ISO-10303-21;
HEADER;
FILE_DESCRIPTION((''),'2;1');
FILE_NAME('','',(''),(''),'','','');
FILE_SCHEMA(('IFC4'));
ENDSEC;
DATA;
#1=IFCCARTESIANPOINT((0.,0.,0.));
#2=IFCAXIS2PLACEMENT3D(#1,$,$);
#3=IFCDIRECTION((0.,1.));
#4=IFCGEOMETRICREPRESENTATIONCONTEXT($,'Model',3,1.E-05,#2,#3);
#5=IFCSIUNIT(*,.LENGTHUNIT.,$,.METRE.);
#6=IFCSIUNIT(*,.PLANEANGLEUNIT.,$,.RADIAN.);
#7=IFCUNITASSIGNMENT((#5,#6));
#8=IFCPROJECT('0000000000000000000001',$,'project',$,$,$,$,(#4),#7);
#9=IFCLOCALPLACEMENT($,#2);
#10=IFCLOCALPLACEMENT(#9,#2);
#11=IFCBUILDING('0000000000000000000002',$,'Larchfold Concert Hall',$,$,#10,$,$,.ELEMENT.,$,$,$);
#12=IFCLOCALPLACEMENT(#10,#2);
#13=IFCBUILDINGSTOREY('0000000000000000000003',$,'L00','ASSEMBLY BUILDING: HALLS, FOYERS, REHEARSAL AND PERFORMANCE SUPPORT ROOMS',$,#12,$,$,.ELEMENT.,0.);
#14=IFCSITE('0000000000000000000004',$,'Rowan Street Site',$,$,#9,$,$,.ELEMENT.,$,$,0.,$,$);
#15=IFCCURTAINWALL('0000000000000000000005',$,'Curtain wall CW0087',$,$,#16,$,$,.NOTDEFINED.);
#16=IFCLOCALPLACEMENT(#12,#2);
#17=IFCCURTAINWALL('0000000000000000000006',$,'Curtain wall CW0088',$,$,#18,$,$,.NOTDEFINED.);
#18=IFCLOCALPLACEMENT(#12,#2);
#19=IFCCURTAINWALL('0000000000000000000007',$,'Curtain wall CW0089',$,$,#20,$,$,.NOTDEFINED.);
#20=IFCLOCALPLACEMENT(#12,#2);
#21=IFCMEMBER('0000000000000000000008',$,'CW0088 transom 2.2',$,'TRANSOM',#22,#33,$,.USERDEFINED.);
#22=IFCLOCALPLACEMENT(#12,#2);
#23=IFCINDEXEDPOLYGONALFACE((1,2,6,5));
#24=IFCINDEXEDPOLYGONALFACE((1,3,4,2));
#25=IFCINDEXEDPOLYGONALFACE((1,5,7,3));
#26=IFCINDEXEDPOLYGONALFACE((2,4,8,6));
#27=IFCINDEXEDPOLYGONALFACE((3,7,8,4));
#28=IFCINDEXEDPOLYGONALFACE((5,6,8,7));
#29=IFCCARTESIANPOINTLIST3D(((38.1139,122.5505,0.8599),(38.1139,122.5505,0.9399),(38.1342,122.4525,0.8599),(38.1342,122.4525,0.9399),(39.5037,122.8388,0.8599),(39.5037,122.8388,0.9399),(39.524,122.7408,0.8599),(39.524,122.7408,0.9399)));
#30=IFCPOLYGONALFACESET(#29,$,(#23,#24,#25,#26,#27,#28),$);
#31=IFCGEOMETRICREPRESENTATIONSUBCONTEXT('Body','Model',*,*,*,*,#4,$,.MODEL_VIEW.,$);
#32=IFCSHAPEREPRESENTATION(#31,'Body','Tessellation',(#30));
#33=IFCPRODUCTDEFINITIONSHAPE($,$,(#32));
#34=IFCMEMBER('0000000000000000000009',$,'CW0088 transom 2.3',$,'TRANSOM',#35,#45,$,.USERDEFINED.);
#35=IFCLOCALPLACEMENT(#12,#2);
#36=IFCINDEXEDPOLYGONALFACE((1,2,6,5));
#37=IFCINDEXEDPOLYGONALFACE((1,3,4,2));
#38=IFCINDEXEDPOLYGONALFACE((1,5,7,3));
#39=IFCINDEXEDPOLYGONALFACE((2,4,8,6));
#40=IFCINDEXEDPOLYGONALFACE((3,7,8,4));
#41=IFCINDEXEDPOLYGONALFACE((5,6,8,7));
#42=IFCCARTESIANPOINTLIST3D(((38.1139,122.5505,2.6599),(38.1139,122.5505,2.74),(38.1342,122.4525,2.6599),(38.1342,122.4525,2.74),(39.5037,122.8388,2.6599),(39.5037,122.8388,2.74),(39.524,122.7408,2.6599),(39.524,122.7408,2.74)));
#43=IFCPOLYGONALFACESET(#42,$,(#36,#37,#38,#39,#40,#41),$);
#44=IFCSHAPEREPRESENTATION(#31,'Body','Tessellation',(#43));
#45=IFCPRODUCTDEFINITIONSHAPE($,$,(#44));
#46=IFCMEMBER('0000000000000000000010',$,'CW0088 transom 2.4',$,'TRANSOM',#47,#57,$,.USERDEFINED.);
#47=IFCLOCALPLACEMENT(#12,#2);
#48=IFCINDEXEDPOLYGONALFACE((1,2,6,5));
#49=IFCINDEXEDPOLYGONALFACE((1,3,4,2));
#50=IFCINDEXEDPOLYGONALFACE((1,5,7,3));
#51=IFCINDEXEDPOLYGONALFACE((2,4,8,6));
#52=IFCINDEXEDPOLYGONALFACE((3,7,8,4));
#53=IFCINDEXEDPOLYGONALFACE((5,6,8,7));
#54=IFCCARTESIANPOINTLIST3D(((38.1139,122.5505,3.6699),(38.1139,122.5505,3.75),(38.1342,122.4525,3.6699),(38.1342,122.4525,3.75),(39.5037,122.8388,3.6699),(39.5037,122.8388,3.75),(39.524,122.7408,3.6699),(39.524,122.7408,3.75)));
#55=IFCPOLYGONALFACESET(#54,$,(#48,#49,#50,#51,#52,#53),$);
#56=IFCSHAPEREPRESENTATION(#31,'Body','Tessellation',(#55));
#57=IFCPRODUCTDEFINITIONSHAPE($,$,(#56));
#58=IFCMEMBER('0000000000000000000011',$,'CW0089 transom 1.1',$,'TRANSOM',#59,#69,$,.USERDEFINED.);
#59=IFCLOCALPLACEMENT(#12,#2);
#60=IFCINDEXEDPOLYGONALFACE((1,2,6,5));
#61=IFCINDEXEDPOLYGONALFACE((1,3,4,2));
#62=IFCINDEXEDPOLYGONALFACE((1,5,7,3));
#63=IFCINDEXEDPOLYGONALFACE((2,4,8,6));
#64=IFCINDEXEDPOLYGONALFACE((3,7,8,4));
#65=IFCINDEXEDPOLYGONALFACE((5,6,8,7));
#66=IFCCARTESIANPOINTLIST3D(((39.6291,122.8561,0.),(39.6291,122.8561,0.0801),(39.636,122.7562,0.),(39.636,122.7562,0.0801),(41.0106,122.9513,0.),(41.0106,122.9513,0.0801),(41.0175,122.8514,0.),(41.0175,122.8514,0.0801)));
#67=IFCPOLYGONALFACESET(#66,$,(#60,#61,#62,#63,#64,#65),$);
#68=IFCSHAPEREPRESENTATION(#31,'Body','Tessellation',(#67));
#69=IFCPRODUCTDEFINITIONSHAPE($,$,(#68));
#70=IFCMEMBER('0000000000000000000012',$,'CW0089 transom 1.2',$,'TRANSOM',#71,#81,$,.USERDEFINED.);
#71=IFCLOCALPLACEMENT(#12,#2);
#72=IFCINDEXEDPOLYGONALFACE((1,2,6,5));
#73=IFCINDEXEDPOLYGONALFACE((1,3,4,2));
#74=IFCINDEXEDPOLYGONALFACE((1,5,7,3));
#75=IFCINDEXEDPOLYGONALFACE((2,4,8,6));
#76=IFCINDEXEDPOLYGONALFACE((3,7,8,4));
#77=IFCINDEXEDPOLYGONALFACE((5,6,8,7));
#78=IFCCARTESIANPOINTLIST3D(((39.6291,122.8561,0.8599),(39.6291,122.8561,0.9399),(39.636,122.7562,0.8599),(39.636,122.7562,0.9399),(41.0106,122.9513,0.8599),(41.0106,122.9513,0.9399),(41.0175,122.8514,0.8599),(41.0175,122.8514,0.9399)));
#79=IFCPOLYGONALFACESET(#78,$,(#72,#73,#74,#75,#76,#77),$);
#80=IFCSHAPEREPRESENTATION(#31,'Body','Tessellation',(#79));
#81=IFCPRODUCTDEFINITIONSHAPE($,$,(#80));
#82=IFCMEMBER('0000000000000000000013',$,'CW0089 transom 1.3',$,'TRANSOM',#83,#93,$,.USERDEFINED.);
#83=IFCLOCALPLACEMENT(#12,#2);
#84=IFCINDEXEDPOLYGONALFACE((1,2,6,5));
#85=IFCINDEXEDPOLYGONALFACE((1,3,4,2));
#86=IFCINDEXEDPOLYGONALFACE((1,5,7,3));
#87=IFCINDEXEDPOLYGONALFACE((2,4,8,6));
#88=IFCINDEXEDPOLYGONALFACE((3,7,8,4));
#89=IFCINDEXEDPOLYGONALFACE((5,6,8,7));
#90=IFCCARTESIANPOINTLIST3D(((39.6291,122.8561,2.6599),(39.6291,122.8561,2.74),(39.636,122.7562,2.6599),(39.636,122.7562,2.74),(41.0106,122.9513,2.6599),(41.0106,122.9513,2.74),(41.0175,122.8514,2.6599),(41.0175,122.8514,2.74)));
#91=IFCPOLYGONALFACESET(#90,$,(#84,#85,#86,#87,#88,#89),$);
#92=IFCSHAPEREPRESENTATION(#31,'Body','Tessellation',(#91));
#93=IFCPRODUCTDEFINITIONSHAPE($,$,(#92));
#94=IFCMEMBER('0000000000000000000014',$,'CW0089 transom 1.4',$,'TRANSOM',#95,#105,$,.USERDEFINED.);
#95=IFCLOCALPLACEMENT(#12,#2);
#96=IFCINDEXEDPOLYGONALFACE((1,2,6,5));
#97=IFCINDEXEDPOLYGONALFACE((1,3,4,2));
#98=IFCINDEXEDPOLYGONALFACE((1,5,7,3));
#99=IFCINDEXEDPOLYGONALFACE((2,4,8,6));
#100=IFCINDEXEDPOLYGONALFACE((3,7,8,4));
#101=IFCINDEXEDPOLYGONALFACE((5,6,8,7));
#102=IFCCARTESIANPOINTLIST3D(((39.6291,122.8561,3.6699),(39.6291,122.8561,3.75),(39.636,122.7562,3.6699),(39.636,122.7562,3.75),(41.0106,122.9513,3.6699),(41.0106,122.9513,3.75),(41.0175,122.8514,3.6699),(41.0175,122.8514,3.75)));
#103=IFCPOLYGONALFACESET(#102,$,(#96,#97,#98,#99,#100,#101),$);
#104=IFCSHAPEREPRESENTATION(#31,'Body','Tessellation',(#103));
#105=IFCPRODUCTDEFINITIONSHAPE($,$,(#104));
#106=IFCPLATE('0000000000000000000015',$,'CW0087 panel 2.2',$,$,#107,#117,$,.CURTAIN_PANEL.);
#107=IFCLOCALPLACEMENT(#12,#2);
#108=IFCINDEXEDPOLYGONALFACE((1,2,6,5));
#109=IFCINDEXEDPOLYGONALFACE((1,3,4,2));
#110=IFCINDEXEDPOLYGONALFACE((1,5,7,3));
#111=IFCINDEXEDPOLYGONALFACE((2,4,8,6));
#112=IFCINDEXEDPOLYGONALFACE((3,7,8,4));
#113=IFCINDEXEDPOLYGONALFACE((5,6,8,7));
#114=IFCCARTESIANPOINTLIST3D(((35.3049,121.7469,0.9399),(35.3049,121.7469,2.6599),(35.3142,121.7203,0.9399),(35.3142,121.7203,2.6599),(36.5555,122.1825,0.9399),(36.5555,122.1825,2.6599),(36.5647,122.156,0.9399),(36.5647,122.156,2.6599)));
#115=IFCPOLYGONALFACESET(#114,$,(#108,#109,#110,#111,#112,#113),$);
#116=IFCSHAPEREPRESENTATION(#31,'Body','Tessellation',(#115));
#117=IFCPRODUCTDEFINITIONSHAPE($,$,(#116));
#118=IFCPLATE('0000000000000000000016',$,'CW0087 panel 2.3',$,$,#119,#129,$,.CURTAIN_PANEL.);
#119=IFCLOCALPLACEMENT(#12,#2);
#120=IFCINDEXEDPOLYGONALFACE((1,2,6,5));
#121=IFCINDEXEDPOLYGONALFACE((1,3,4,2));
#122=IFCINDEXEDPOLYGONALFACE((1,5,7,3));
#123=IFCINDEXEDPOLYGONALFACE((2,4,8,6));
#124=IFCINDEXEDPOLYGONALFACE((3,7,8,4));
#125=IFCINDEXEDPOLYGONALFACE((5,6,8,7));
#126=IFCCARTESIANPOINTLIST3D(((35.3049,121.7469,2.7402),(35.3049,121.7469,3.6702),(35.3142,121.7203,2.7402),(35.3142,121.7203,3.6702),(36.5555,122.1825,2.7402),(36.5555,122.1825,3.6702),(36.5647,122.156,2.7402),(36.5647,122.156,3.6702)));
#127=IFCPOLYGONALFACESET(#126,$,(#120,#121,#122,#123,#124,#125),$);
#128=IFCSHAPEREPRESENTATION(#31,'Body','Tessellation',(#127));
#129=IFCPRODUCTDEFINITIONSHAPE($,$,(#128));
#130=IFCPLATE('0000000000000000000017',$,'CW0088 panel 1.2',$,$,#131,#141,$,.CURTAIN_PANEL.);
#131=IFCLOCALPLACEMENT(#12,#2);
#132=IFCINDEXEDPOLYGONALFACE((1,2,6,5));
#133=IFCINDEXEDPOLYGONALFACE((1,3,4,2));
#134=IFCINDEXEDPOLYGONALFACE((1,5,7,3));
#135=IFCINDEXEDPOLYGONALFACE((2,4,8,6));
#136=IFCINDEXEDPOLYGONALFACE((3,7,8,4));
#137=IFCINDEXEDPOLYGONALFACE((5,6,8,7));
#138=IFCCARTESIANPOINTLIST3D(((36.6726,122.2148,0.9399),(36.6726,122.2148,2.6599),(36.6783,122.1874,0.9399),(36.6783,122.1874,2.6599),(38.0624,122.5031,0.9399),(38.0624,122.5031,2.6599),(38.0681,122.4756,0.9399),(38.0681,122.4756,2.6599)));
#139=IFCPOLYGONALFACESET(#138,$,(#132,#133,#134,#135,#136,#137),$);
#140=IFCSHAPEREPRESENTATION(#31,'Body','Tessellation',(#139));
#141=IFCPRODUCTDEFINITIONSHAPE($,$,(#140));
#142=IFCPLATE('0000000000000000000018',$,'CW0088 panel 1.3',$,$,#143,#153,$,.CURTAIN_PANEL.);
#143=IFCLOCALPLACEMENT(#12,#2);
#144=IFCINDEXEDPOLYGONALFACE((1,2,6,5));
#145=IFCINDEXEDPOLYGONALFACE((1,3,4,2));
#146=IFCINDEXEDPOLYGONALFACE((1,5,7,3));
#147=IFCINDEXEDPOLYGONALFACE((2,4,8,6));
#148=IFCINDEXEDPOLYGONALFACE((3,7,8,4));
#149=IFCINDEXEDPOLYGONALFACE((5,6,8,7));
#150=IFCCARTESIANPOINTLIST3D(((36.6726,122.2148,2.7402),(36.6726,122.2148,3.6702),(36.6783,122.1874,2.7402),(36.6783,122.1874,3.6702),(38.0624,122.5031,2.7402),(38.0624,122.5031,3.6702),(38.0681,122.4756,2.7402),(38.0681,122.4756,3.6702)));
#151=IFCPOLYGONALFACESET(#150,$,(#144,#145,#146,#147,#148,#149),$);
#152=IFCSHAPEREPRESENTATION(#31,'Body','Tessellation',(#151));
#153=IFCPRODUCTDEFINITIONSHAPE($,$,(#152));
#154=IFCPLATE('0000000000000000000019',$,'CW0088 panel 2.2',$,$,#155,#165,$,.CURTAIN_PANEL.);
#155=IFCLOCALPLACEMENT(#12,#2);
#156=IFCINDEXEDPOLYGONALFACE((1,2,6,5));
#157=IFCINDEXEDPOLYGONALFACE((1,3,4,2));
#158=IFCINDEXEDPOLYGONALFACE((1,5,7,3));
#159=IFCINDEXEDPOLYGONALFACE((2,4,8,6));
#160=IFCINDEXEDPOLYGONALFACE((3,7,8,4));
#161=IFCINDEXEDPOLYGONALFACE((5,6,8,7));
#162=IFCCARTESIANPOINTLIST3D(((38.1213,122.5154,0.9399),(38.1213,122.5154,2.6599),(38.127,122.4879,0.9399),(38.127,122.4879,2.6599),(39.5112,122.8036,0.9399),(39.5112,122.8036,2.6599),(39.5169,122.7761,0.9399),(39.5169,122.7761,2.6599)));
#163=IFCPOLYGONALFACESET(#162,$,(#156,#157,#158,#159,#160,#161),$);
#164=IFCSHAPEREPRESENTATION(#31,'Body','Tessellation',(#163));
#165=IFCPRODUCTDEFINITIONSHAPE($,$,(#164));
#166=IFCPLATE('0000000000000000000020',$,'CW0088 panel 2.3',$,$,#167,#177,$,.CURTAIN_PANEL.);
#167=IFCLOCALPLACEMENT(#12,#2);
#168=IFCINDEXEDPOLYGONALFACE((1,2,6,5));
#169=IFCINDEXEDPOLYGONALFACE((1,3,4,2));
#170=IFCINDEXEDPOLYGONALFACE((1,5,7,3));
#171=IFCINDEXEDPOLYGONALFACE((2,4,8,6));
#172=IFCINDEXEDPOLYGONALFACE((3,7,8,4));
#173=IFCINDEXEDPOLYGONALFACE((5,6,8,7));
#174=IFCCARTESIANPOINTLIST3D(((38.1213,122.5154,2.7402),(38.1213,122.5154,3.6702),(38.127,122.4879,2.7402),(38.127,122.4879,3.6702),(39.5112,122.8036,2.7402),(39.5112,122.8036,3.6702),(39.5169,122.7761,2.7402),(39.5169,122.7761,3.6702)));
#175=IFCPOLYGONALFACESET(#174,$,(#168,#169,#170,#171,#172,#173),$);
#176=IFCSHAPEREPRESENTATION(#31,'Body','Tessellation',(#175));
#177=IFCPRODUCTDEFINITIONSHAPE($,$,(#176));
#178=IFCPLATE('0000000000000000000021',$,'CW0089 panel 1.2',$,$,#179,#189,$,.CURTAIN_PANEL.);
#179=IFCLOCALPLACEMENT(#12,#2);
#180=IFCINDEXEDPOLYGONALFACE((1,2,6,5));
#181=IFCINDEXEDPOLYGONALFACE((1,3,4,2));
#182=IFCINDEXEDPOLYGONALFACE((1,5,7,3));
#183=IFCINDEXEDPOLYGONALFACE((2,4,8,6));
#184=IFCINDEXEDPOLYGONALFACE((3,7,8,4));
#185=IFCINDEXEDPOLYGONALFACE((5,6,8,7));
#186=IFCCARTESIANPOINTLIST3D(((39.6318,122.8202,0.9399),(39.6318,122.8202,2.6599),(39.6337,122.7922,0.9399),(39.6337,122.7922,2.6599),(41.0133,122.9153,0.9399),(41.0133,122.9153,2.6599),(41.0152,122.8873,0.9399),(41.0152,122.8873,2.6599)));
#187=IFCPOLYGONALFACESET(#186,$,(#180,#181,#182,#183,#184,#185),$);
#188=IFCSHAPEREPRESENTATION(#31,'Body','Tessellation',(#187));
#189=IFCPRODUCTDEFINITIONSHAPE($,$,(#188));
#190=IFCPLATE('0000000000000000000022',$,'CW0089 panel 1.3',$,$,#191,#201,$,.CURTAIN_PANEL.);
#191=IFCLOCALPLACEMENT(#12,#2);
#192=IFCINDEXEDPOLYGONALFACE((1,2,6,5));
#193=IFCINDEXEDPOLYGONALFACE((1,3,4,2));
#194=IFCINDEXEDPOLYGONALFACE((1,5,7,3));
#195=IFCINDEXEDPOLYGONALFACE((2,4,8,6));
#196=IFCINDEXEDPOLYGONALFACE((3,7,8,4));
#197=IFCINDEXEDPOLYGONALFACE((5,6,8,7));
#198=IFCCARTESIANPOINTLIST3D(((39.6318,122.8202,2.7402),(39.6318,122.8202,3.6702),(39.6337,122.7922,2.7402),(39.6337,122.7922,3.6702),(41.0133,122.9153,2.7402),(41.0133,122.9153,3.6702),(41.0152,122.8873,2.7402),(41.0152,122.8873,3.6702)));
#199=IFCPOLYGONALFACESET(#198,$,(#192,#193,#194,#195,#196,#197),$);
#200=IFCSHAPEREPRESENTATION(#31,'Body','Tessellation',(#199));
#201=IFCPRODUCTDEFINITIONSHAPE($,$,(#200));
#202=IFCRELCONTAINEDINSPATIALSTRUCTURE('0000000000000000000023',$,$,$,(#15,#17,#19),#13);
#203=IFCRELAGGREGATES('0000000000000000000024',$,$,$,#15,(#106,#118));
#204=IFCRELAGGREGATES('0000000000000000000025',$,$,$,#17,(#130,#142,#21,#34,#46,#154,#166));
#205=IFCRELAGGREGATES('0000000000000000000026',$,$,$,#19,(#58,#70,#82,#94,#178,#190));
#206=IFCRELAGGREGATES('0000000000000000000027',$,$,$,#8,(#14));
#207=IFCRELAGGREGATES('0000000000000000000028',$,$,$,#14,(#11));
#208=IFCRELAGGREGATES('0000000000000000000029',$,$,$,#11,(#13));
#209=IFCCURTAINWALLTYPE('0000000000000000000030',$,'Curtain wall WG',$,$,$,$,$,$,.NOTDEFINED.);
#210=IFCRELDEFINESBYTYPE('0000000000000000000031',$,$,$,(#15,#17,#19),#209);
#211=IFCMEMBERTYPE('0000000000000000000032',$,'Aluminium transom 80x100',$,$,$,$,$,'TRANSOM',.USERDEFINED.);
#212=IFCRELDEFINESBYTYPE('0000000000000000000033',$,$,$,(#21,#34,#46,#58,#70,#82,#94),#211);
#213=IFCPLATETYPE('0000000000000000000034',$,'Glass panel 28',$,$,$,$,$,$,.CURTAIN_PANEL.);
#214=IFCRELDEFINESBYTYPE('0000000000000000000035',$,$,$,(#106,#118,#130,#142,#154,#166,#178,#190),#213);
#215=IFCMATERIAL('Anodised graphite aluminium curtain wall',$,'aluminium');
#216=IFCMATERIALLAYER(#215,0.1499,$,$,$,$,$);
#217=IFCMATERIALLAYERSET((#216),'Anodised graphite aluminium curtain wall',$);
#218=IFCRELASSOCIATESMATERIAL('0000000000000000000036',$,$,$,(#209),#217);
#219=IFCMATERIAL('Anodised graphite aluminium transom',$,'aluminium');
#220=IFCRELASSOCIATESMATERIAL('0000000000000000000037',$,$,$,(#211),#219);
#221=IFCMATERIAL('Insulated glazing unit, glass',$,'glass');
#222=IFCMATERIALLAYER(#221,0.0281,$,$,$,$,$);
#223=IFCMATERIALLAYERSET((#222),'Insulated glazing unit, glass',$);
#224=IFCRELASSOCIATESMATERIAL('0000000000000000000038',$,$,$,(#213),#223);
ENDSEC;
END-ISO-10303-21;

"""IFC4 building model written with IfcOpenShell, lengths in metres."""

from ifc_helpers import new_model, si_unit, direction, frame, origin, origin_2d, place, context, subcontext, project, spatial, rectangle, extrude, material, layer, layer_set, material_profile, profile_set, type_object, element, aggregate, save


model = new_model("IFC4")

# Units and contexts
model_context = context("Model", 3, precision=1e-05, world=origin(), true_north=direction((0.0, 1.0)))
body_context = subcontext(model_context, "Body", "Model", "MODEL_VIEW")
ifc_project = project(units=[si_unit("LENGTHUNIT", "METRE"), si_unit("PLANEANGLEUNIT", "RADIAN")], contexts=[model_context])

# Site, building, storey
site_placement = place(None, origin())
site = spatial("IfcSite", under=ifc_project, at=site_placement, Name="Rowan Street Site", CompositionType="ELEMENT", RefElevation=0.0)
building_placement = place(site_placement, origin())
building = spatial("IfcBuilding", under=site, at=building_placement, Name="Larchfold Concert Hall", CompositionType="ELEMENT")
storey_placement = place(building_placement, origin())
storey = spatial("IfcBuildingStorey", under=building, at=storey_placement, Name="L00", Description="ASSEMBLY BUILDING: HALLS, FOYERS, REHEARSAL AND PERFORMANCE SUPPORT ROOMS", CompositionType="ELEMENT", Elevation=0.0)

# Curtain wall
ifc_material_1 = material(Name="Anodised graphite aluminium curtain wall", Category="aluminium")
ifc_layer_1 = layer(ifc_material_1, 0.1499)
ifc_layer_set_1 = layer_set([ifc_layer_1], Name="Anodised graphite aluminium curtain wall")
curtain_wall_type = type_object("IfcCurtainWallType", Name="Curtain wall WG", PredefinedType="NOTDEFINED", material=ifc_layer_set_1)
curtain_wall_1_placement = place(storey_placement, origin())
curtain_wall_1 = element("IfcCurtainWall", 1, at=curtain_wall_1_placement, inside=storey, type_object=curtain_wall_type, Name="Curtain wall CW0087", PredefinedType="NOTDEFINED")

# Curtain wall
curtain_wall_2_placement = place(storey_placement, origin())
curtain_wall_2 = element("IfcCurtainWall", 2, at=curtain_wall_2_placement, inside=storey, type_object=curtain_wall_type, Name="Curtain wall CW0088", PredefinedType="NOTDEFINED")

# Curtain wall
curtain_wall_3_placement = place(storey_placement, origin())
curtain_wall_3 = element("IfcCurtainWall", 3, at=curtain_wall_3_placement, inside=storey, type_object=curtain_wall_type, Name="Curtain wall CW0089", PredefinedType="NOTDEFINED")

# Members
ifc_material_2 = material(Name="Anodised graphite aluminium transom", Category="aluminium")
ifc_material_profile_1 = material_profile(ifc_material_2, rectangle(XDim=0.1001, YDim=0.0801, at=origin_2d()))
ifc_profile_set_1 = profile_set([ifc_material_profile_1], Name="Anodised graphite aluminium transom")
member_type_1 = type_object("IfcMemberType", Name="Aluminium transom 80x100", ElementType="TRANSOM", PredefinedType="USERDEFINED", material=ifc_profile_set_1)
member_1_placement = place(storey_placement, frame((38.124, 122.5015, 0.8999), z_axis=(0.979153, 0.203123, 0.0), x_axis=(-0.203123, 0.979153, 0.0)))
member_1 = element("IfcMember", 4, at=member_1_placement, type_object=member_type_1, Name="CW0088 transom 2.2", ObjectType="TRANSOM", PredefinedType="USERDEFINED", context=body_context, shape_type="SweptSolid", body=[
    extrude(rectangle(XDim=0.1001, YDim=0.0801, at=origin_2d()), origin(), (0.0, 0.0, 1.0), 1.4194),
])
member_2_placement = place(storey_placement, frame((38.124, 122.5015, 2.7), z_axis=(0.979153, 0.203123, 0.0), x_axis=(-0.203123, 0.979153, 0.0)))
member_2 = element("IfcMember", 5, at=member_2_placement, type_object=member_type_1, Name="CW0088 transom 2.3", ObjectType="TRANSOM", PredefinedType="USERDEFINED", context=body_context, shape_type="SweptSolid", body=[
    extrude(rectangle(XDim=0.1001, YDim=0.0801, at=origin_2d()), origin(), (0.0, 0.0, 1.0), 1.4194),
])
member_3_placement = place(storey_placement, frame((38.124, 122.5015, 3.71), z_axis=(0.979153, 0.203123, 0.0), x_axis=(-0.203123, 0.979153, 0.0)))
member_3 = element("IfcMember", 6, at=member_3_placement, type_object=member_type_1, Name="CW0088 transom 2.4", ObjectType="TRANSOM", PredefinedType="USERDEFINED", context=body_context, shape_type="SweptSolid", body=[
    extrude(rectangle(XDim=0.1001, YDim=0.0801, at=origin_2d()), origin(), (0.0, 0.0, 1.0), 1.4194),
])
member_4_placement = place(storey_placement, frame((39.6326, 122.8062, 0.04), z_axis=(0.997634, 0.068754, 0.0), x_axis=(-0.068754, 0.997634, 0.0)))
member_4 = element("IfcMember", 7, at=member_4_placement, type_object=member_type_1, Name="CW0089 transom 1.1", ObjectType="TRANSOM", PredefinedType="USERDEFINED", context=body_context, shape_type="SweptSolid", body=[
    extrude(rectangle(XDim=0.1001, YDim=0.0801, at=origin_2d()), origin(), (0.0, 0.0, 1.0), 1.3848),
])
member_5_placement = place(storey_placement, frame((39.6326, 122.8062, 0.8999), z_axis=(0.997634, 0.068754, 0.0), x_axis=(-0.068754, 0.997634, 0.0)))
member_5 = element("IfcMember", 8, at=member_5_placement, type_object=member_type_1, Name="CW0089 transom 1.2", ObjectType="TRANSOM", PredefinedType="USERDEFINED", context=body_context, shape_type="SweptSolid", body=[
    extrude(rectangle(XDim=0.1001, YDim=0.0801, at=origin_2d()), origin(), (0.0, 0.0, 1.0), 1.3848),
])
member_6_placement = place(storey_placement, frame((39.6326, 122.8062, 2.7), z_axis=(0.997634, 0.068754, 0.0), x_axis=(-0.068754, 0.997634, 0.0)))
member_6 = element("IfcMember", 9, at=member_6_placement, type_object=member_type_1, Name="CW0089 transom 1.3", ObjectType="TRANSOM", PredefinedType="USERDEFINED", context=body_context, shape_type="SweptSolid", body=[
    extrude(rectangle(XDim=0.1001, YDim=0.0801, at=origin_2d()), origin(), (0.0, 0.0, 1.0), 1.3848),
])
member_7_placement = place(storey_placement, frame((39.6326, 122.8062, 3.71), z_axis=(0.997634, 0.068754, 0.0), x_axis=(-0.068754, 0.997634, 0.0)))
member_7 = element("IfcMember", 10, at=member_7_placement, type_object=member_type_1, Name="CW0089 transom 1.4", ObjectType="TRANSOM", PredefinedType="USERDEFINED", context=body_context, shape_type="SweptSolid", body=[
    extrude(rectangle(XDim=0.1001, YDim=0.0801, at=origin_2d()), origin(), (0.0, 0.0, 1.0), 1.3848),
])

# Plates
ifc_material_3 = material(Name="Insulated glazing unit, glass", Category="glass")
ifc_layer_2 = layer(ifc_material_3, 0.0281)
ifc_layer_set_2 = layer_set([ifc_layer_2], Name="Insulated glazing unit, glass")
plate_type_1 = type_object("IfcPlateType", Name="Glass panel 28", PredefinedType="CURTAIN_PANEL", material=ifc_layer_set_2)
plate_1_placement = place(storey_placement, frame((35.9348, 121.9514, 0.9399), z_axis=(0.0, 0.0, 1.0), x_axis=(0.944342, 0.328966, 0.0)))
plate_1 = element("IfcPlate", 11, at=plate_1_placement, type_object=plate_type_1, Name="CW0087 panel 2.2", PredefinedType="CURTAIN_PANEL", context=body_context, shape_type="SweptSolid", body=[
    extrude(rectangle(XDim=1.3242, YDim=0.0281, at=origin_2d()), origin(), (0.0, 0.0, 1.0), 1.72),
])
plate_2_placement = place(storey_placement, frame((35.9348, 121.9514, 2.7402), z_axis=(0.0, 0.0, 1.0), x_axis=(0.944342, 0.328966, 0.0)))
plate_2 = element("IfcPlate", 12, at=plate_2_placement, type_object=plate_type_1, Name="CW0087 panel 2.3", PredefinedType="CURTAIN_PANEL", context=body_context, shape_type="SweptSolid", body=[
    extrude(rectangle(XDim=1.3242, YDim=0.0281, at=origin_2d()), origin(), (0.0, 0.0, 1.0), 0.9299),
])
plate_3_placement = place(storey_placement, frame((37.3704, 122.3452, 0.9399), z_axis=(0.0, 0.0, 1.0), x_axis=(0.979166, 0.203063, 0.0)))
plate_3 = element("IfcPlate", 13, at=plate_3_placement, type_object=plate_type_1, Name="CW0088 panel 1.2", PredefinedType="CURTAIN_PANEL", context=body_context, shape_type="SweptSolid", body=[
    extrude(rectangle(XDim=1.4194, YDim=0.0281, at=origin_2d()), origin(), (0.0, 0.0, 1.0), 1.72),
])
plate_4_placement = place(storey_placement, frame((37.3704, 122.3452, 2.7402), z_axis=(0.0, 0.0, 1.0), x_axis=(0.979166, 0.203063, 0.0)))
plate_4 = element("IfcPlate", 14, at=plate_4_placement, type_object=plate_type_1, Name="CW0088 panel 1.3", PredefinedType="CURTAIN_PANEL", context=body_context, shape_type="SweptSolid", body=[
    extrude(rectangle(XDim=1.4194, YDim=0.0281, at=origin_2d()), origin(), (0.0, 0.0, 1.0), 0.9299),
])
plate_5_placement = place(storey_placement, frame((38.8191, 122.6458, 0.9399), z_axis=(0.0, 0.0, 1.0), x_axis=(0.979166, 0.203063, 0.0)))
plate_5 = element("IfcPlate", 15, at=plate_5_placement, type_object=plate_type_1, Name="CW0088 panel 2.2", PredefinedType="CURTAIN_PANEL", context=body_context, shape_type="SweptSolid", body=[
    extrude(rectangle(XDim=1.4194, YDim=0.0281, at=origin_2d()), origin(), (0.0, 0.0, 1.0), 1.72),
])
plate_6_placement = place(storey_placement, frame((38.8191, 122.6458, 2.7402), z_axis=(0.0, 0.0, 1.0), x_axis=(0.979166, 0.203063, 0.0)))
plate_6 = element("IfcPlate", 16, at=plate_6_placement, type_object=plate_type_1, Name="CW0088 panel 2.3", PredefinedType="CURTAIN_PANEL", context=body_context, shape_type="SweptSolid", body=[
    extrude(rectangle(XDim=1.4194, YDim=0.0281, at=origin_2d()), origin(), (0.0, 0.0, 1.0), 0.9299),
])
plate_7_placement = place(storey_placement, frame((40.3235, 122.8538, 0.9399), z_axis=(0.0, 0.0, 1.0), x_axis=(0.997637, 0.0687, 0.0)))
plate_7 = element("IfcPlate", 17, at=plate_7_placement, type_object=plate_type_1, Name="CW0089 panel 1.2", PredefinedType="CURTAIN_PANEL", context=body_context, shape_type="SweptSolid", body=[
    extrude(rectangle(XDim=1.3848, YDim=0.0281, at=origin_2d()), origin(), (0.0, 0.0, 1.0), 1.72),
])
plate_8_placement = place(storey_placement, frame((40.3235, 122.8538, 2.7402), z_axis=(0.0, 0.0, 1.0), x_axis=(0.997637, 0.0687, 0.0)))
plate_8 = element("IfcPlate", 18, at=plate_8_placement, type_object=plate_type_1, Name="CW0089 panel 1.3", PredefinedType="CURTAIN_PANEL", context=body_context, shape_type="SweptSolid", body=[
    extrude(rectangle(XDim=1.3848, YDim=0.0281, at=origin_2d()), origin(), (0.0, 0.0, 1.0), 0.9299),
])
aggregate(curtain_wall_1, [plate_1, plate_2])
aggregate(curtain_wall_2, [plate_3, plate_4, member_1, member_2, member_3, plate_5, plate_6])
aggregate(curtain_wall_3, [member_4, member_5, member_6, member_7, plate_7, plate_8])

save(model, "model.ifc")
